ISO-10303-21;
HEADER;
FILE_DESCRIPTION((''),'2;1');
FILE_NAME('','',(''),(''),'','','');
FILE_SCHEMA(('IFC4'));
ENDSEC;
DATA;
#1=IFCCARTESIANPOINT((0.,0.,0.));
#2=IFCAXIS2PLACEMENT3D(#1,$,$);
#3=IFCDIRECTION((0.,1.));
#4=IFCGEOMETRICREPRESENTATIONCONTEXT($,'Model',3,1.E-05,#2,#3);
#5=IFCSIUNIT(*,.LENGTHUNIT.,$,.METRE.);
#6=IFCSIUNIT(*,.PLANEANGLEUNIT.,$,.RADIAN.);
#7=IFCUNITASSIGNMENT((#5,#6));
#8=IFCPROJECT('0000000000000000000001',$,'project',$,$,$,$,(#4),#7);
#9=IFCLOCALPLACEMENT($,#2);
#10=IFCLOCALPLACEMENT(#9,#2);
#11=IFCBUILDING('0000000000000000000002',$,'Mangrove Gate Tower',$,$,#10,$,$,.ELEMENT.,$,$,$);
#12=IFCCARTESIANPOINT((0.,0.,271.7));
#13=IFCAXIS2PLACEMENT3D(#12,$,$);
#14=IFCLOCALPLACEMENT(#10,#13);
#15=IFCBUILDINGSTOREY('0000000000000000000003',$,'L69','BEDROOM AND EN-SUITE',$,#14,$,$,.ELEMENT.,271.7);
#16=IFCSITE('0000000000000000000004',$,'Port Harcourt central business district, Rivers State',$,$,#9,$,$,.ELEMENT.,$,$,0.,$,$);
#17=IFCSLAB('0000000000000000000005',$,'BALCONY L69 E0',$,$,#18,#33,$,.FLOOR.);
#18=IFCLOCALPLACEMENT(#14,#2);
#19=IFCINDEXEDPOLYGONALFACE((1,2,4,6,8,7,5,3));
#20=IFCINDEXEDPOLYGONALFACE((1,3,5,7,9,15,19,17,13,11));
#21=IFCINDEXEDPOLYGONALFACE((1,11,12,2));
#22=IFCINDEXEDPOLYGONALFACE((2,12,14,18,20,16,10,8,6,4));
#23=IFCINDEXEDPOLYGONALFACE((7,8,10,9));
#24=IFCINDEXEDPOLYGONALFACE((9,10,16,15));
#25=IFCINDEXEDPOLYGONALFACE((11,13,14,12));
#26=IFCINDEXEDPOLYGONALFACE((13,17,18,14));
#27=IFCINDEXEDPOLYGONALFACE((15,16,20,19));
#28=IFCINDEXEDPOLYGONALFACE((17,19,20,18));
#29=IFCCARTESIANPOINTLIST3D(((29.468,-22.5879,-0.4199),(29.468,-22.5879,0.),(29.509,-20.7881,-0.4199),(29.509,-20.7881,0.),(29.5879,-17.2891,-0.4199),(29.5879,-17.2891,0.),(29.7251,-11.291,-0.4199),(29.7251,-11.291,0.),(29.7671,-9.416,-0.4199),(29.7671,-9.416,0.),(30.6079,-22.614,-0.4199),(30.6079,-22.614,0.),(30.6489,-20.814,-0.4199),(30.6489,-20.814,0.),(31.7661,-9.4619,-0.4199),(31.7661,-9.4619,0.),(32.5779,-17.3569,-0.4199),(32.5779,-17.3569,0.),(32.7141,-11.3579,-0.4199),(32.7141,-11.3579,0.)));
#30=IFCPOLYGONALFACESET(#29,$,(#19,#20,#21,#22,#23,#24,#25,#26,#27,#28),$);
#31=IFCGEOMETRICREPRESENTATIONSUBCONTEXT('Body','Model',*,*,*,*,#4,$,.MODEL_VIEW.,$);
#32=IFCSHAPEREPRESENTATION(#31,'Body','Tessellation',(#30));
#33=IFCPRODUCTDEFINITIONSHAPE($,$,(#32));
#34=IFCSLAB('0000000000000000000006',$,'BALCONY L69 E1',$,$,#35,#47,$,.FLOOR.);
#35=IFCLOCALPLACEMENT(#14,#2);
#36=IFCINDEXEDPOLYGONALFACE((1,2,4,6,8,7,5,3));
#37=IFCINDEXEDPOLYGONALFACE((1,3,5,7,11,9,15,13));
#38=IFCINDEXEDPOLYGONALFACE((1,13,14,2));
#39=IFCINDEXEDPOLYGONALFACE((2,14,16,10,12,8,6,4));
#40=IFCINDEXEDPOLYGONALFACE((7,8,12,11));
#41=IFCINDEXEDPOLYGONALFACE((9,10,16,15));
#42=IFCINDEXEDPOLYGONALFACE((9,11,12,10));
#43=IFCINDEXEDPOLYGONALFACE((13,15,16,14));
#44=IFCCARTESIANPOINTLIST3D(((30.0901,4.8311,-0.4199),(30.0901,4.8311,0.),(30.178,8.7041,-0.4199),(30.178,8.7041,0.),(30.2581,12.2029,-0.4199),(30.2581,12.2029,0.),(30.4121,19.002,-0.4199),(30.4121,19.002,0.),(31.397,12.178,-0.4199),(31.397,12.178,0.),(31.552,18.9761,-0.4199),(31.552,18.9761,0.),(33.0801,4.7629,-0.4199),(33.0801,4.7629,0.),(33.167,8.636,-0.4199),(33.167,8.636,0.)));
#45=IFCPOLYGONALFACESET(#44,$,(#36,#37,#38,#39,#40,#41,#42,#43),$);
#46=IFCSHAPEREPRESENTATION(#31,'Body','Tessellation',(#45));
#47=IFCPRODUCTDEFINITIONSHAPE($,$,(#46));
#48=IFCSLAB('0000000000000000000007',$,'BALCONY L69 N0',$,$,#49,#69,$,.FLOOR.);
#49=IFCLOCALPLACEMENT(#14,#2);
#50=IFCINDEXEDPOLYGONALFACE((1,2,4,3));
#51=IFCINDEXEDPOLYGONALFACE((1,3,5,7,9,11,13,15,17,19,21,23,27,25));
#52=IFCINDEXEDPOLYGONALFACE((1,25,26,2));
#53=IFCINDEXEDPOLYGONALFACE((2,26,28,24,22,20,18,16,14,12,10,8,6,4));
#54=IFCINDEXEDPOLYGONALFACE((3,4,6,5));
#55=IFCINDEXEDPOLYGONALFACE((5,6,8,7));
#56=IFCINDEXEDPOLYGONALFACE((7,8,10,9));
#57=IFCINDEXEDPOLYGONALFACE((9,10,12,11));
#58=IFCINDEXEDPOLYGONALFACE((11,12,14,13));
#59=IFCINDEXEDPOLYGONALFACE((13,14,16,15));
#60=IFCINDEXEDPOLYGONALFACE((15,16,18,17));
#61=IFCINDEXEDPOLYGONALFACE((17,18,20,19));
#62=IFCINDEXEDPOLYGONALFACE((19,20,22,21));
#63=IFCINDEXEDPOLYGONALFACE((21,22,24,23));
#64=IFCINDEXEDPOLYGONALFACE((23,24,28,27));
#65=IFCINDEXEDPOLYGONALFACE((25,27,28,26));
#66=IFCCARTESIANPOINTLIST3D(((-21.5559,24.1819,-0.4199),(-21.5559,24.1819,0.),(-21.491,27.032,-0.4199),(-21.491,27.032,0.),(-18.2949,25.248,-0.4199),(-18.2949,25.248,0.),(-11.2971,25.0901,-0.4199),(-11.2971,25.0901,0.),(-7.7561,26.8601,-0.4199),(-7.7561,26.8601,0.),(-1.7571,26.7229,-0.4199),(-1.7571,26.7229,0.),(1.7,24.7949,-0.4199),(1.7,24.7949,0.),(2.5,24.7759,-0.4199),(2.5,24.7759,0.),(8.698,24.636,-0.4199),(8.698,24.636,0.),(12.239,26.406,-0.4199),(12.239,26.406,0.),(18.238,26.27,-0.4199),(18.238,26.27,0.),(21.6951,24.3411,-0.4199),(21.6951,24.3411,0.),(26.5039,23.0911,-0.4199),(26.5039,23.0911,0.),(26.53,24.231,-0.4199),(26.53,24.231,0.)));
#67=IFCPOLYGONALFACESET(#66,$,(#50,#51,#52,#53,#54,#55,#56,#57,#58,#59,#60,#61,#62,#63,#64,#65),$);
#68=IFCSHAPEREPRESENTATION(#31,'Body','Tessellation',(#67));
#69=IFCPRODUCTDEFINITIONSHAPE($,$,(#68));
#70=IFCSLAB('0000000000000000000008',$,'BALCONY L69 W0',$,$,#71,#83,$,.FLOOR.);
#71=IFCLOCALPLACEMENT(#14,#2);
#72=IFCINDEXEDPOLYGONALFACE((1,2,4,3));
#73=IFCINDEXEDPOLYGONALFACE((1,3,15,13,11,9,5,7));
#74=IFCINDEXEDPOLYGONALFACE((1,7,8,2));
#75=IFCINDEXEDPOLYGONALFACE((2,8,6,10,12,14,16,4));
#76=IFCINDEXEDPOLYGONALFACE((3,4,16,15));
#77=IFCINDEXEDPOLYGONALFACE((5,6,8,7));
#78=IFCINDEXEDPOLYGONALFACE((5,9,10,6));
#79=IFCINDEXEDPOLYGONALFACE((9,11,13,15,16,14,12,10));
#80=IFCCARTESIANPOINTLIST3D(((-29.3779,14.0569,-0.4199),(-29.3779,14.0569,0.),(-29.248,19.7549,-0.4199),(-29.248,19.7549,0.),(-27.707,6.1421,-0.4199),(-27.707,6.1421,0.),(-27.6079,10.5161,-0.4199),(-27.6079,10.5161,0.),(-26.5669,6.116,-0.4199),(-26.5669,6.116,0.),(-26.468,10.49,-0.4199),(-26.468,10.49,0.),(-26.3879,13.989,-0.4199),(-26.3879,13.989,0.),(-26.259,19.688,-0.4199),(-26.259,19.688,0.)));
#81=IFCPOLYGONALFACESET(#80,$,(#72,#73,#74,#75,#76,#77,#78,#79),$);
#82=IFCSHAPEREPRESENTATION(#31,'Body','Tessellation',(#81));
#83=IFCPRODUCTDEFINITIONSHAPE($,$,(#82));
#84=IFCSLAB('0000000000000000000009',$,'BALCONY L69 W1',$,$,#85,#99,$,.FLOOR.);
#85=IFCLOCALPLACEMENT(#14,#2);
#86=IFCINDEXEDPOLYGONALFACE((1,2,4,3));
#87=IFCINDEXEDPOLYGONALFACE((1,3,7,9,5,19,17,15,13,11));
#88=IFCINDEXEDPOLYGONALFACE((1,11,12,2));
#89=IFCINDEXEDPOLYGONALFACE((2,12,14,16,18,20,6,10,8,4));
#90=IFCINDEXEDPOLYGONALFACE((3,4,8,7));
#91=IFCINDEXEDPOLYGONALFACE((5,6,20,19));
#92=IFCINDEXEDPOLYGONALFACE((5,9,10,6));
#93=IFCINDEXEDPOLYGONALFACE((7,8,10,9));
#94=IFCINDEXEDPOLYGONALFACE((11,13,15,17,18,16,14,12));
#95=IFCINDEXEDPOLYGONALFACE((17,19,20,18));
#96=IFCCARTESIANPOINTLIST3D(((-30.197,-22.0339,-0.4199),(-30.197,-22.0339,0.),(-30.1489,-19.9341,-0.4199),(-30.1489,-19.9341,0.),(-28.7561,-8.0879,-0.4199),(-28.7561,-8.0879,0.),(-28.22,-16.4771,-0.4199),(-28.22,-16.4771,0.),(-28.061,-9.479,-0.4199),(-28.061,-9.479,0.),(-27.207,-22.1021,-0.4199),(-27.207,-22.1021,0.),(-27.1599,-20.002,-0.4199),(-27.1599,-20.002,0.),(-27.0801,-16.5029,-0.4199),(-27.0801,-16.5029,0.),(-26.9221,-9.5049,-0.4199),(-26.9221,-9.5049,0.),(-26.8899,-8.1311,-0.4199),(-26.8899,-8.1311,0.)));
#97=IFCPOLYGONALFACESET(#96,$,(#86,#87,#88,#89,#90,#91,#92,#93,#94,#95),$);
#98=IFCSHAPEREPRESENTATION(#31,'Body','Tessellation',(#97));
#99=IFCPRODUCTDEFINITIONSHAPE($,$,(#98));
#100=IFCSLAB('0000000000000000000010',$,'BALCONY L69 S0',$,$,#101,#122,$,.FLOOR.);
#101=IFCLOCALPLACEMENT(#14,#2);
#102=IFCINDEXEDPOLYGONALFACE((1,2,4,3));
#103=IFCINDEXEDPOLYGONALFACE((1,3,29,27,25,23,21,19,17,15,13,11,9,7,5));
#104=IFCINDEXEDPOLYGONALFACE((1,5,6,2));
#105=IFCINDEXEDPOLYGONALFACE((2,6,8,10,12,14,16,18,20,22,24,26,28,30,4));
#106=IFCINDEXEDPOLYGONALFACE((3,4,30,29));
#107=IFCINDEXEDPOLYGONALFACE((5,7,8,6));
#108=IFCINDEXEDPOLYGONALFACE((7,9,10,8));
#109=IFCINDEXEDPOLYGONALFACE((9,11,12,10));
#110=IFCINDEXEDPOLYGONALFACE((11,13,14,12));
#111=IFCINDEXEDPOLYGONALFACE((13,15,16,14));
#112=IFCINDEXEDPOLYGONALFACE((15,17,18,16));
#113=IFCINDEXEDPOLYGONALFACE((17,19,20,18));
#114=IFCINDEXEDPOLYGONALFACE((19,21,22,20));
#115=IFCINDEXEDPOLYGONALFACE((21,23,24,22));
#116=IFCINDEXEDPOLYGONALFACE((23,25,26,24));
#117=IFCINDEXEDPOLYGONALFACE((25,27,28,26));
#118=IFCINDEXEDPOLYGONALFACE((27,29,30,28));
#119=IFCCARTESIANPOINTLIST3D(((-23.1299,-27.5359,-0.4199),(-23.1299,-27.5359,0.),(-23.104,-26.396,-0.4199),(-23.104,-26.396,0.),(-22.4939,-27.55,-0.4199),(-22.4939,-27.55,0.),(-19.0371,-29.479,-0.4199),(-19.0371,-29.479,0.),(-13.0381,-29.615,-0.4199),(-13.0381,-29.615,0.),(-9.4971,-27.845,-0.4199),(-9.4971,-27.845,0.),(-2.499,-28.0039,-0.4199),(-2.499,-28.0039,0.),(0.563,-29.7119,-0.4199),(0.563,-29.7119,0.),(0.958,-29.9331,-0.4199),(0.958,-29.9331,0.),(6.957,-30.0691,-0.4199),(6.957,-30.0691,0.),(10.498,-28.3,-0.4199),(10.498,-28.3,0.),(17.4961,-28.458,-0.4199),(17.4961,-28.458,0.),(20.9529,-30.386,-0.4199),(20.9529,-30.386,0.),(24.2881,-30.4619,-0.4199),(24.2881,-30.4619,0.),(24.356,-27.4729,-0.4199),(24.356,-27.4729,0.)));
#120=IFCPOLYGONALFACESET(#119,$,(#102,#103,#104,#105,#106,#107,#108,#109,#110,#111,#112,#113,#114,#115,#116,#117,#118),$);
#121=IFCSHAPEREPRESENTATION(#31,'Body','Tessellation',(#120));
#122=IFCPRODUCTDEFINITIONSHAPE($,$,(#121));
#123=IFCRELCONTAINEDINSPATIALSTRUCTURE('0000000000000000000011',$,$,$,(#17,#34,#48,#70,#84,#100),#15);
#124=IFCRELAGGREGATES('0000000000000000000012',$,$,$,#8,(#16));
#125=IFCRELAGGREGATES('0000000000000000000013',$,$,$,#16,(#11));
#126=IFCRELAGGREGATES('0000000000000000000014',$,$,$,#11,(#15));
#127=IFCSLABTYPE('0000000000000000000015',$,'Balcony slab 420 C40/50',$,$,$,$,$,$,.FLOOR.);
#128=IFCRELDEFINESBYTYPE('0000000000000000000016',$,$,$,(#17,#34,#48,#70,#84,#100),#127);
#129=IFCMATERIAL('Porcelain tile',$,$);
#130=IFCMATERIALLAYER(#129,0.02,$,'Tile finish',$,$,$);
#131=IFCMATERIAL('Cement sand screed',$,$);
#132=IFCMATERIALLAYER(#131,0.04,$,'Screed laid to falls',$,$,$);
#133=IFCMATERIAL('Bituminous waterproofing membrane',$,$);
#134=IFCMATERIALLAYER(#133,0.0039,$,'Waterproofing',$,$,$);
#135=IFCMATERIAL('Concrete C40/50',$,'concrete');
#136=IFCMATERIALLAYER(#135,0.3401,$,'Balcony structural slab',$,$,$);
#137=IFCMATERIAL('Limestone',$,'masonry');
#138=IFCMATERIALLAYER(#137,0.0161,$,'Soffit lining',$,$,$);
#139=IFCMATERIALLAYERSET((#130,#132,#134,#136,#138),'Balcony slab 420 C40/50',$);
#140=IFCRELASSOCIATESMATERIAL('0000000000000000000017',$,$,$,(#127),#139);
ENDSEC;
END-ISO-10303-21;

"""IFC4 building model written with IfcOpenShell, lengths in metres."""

from ifc_helpers import new_model, si_unit, direction, frame, origin, place, context, subcontext, project, spatial, polyline, outline, extrude, material, layer, layer_set, type_object, element, save


model = new_model("IFC4")

# Units and contexts
model_context = context("Model", 3, precision=1e-05, world=origin(), true_north=direction((0.0, 1.0)))
body_context = subcontext(model_context, "Body", "Model", "MODEL_VIEW")
ifc_project = project(units=[si_unit("LENGTHUNIT", "METRE"), si_unit("PLANEANGLEUNIT", "RADIAN")], contexts=[model_context])

# Site, building, storey
site_placement = place(None, origin())
site = spatial("IfcSite", under=ifc_project, at=site_placement, Name="Port Harcourt central business district, Rivers State", CompositionType="ELEMENT", RefElevation=0.0)
building_placement = place(site_placement, origin())
building = spatial("IfcBuilding", under=site, at=building_placement, Name="Mangrove Gate Tower", CompositionType="ELEMENT")
storey_placement = place(building_placement, frame((0.0, 0.0, 271.7)))
storey = spatial("IfcBuildingStorey", under=building, at=storey_placement, Name="L69", Description="BEDROOM AND EN-SUITE", CompositionType="ELEMENT", Elevation=271.7)

# Slabs
ifc_material_1 = material(Name="Porcelain tile")
ifc_layer_1 = layer(ifc_material_1, 0.02, Name="Tile finish")
ifc_material_2 = material(Name="Cement sand screed")
ifc_layer_2 = layer(ifc_material_2, 0.04, Name="Screed laid to falls")
ifc_material_3 = material(Name="Bituminous waterproofing membrane")
ifc_layer_3 = layer(ifc_material_3, 0.0039, Name="Waterproofing")
ifc_material_4 = material(Name="Concrete C40/50", Category="concrete")
ifc_layer_4 = layer(ifc_material_4, 0.3401, Name="Balcony structural slab")
ifc_material_5 = material(Name="Limestone", Category="masonry")
ifc_layer_5 = layer(ifc_material_5, 0.0161, Name="Soffit lining")
ifc_layer_set_1 = layer_set([ifc_layer_1, ifc_layer_2, ifc_layer_3, ifc_layer_4, ifc_layer_5], Name="Balcony slab 420 C40/50")
slab_type_1 = type_object("IfcSlabType", Name="Balcony slab 420 C40/50", PredefinedType="FLOOR", material=ifc_layer_set_1)
slab_1_placement = place(storey_placement, frame((0.0, 0.0, -0.4199)))
element("IfcSlab", 1, at=slab_1_placement, inside=storey, type_object=slab_type_1, Name="BALCONY L69 E0", PredefinedType="FLOOR", context=body_context, shape_type="SweptSolid", body=[
    extrude(outline(polyline([(30.6079, -22.614), (30.6489, -20.814), (32.5779, -17.3569), (32.7141, -11.3579), (31.7661, -9.4619), (29.7671, -9.416), (29.7251, -11.291), (29.5879, -17.2891), (29.509, -20.7881), (29.468, -22.5879), (30.6079, -22.614)])), origin(), (0.0, 0.0, 1.0), 0.4199),
])
slab_2_placement = place(storey_placement, frame((0.0, 0.0, -0.4199)))
element("IfcSlab", 2, at=slab_2_placement, inside=storey, type_object=slab_type_1, Name="BALCONY L69 E1", PredefinedType="FLOOR", context=body_context, shape_type="SweptSolid", body=[
    extrude(outline(polyline([(33.0801, 4.7629), (33.167, 8.636), (31.397, 12.178), (31.552, 18.9761), (30.4121, 19.002), (30.2581, 12.2029), (30.178, 8.7041), (30.0901, 4.8311), (33.0801, 4.7629)])), origin(), (0.0, 0.0, 1.0), 0.4199),
])
slab_3_placement = place(storey_placement, frame((0.0, 0.0, -0.4199)))
element("IfcSlab", 3, at=slab_3_placement, inside=storey, type_object=slab_type_1, Name="BALCONY L69 N0", PredefinedType="FLOOR", context=body_context, shape_type="SweptSolid", body=[
    extrude(outline(polyline([(26.53, 24.231), (21.6951, 24.3411), (18.238, 26.27), (12.239, 26.406), (8.698, 24.636), (2.5, 24.7759), (1.7, 24.7949), (-1.7571, 26.7229), (-7.7561, 26.8601), (-11.2971, 25.0901), (-18.2949, 25.248), (-21.491, 27.032), (-21.5559, 24.1819), (26.5039, 23.0911), (26.53, 24.231)])), origin(), (0.0, 0.0, 1.0), 0.4199),
])
slab_4_placement = place(storey_placement, frame((0.0, 0.0, -0.4199)))
element("IfcSlab", 4, at=slab_4_placement, inside=storey, type_object=slab_type_1, Name="BALCONY L69 W0", PredefinedType="FLOOR", context=body_context, shape_type="SweptSolid", body=[
    extrude(outline(polyline([(-29.248, 19.7549), (-29.3779, 14.0569), (-27.6079, 10.5161), (-27.707, 6.1421), (-26.5669, 6.116), (-26.468, 10.49), (-26.3879, 13.989), (-26.259, 19.688), (-29.248, 19.7549)])), origin(), (0.0, 0.0, 1.0), 0.4199),
])
slab_5_placement = place(storey_placement, frame((0.0, 0.0, -0.4199)))
element("IfcSlab", 5, at=slab_5_placement, inside=storey, type_object=slab_type_1, Name="BALCONY L69 W1", PredefinedType="FLOOR", context=body_context, shape_type="SweptSolid", body=[
    extrude(outline(polyline([(-28.7561, -8.0879), (-28.061, -9.479), (-28.22, -16.4771), (-30.1489, -19.9341), (-30.197, -22.0339), (-27.207, -22.1021), (-27.1599, -20.002), (-27.0801, -16.5029), (-26.9221, -9.5049), (-26.8899, -8.1311), (-28.7561, -8.0879)])), origin(), (0.0, 0.0, 1.0), 0.4199),
])
slab_6_placement = place(storey_placement, frame((0.0, 0.0, -0.4199)))
element("IfcSlab", 6, at=slab_6_placement, inside=storey, type_object=slab_type_1, Name="BALCONY L69 S0", PredefinedType="FLOOR", context=body_context, shape_type="SweptSolid", body=[
    extrude(outline(polyline([(-23.1299, -27.5359), (-22.4939, -27.55), (-19.0371, -29.479), (-13.0381, -29.615), (-9.4971, -27.845), (-2.499, -28.0039), (0.563, -29.7119), (0.958, -29.9331), (6.957, -30.0691), (10.498, -28.3), (17.4961, -28.458), (20.9529, -30.386), (24.2881, -30.4619), (24.356, -27.4729), (-23.104, -26.396), (-23.1299, -27.5359)])), origin(), (0.0, 0.0, 1.0), 0.4199),
])

save(model, "model.ifc")
